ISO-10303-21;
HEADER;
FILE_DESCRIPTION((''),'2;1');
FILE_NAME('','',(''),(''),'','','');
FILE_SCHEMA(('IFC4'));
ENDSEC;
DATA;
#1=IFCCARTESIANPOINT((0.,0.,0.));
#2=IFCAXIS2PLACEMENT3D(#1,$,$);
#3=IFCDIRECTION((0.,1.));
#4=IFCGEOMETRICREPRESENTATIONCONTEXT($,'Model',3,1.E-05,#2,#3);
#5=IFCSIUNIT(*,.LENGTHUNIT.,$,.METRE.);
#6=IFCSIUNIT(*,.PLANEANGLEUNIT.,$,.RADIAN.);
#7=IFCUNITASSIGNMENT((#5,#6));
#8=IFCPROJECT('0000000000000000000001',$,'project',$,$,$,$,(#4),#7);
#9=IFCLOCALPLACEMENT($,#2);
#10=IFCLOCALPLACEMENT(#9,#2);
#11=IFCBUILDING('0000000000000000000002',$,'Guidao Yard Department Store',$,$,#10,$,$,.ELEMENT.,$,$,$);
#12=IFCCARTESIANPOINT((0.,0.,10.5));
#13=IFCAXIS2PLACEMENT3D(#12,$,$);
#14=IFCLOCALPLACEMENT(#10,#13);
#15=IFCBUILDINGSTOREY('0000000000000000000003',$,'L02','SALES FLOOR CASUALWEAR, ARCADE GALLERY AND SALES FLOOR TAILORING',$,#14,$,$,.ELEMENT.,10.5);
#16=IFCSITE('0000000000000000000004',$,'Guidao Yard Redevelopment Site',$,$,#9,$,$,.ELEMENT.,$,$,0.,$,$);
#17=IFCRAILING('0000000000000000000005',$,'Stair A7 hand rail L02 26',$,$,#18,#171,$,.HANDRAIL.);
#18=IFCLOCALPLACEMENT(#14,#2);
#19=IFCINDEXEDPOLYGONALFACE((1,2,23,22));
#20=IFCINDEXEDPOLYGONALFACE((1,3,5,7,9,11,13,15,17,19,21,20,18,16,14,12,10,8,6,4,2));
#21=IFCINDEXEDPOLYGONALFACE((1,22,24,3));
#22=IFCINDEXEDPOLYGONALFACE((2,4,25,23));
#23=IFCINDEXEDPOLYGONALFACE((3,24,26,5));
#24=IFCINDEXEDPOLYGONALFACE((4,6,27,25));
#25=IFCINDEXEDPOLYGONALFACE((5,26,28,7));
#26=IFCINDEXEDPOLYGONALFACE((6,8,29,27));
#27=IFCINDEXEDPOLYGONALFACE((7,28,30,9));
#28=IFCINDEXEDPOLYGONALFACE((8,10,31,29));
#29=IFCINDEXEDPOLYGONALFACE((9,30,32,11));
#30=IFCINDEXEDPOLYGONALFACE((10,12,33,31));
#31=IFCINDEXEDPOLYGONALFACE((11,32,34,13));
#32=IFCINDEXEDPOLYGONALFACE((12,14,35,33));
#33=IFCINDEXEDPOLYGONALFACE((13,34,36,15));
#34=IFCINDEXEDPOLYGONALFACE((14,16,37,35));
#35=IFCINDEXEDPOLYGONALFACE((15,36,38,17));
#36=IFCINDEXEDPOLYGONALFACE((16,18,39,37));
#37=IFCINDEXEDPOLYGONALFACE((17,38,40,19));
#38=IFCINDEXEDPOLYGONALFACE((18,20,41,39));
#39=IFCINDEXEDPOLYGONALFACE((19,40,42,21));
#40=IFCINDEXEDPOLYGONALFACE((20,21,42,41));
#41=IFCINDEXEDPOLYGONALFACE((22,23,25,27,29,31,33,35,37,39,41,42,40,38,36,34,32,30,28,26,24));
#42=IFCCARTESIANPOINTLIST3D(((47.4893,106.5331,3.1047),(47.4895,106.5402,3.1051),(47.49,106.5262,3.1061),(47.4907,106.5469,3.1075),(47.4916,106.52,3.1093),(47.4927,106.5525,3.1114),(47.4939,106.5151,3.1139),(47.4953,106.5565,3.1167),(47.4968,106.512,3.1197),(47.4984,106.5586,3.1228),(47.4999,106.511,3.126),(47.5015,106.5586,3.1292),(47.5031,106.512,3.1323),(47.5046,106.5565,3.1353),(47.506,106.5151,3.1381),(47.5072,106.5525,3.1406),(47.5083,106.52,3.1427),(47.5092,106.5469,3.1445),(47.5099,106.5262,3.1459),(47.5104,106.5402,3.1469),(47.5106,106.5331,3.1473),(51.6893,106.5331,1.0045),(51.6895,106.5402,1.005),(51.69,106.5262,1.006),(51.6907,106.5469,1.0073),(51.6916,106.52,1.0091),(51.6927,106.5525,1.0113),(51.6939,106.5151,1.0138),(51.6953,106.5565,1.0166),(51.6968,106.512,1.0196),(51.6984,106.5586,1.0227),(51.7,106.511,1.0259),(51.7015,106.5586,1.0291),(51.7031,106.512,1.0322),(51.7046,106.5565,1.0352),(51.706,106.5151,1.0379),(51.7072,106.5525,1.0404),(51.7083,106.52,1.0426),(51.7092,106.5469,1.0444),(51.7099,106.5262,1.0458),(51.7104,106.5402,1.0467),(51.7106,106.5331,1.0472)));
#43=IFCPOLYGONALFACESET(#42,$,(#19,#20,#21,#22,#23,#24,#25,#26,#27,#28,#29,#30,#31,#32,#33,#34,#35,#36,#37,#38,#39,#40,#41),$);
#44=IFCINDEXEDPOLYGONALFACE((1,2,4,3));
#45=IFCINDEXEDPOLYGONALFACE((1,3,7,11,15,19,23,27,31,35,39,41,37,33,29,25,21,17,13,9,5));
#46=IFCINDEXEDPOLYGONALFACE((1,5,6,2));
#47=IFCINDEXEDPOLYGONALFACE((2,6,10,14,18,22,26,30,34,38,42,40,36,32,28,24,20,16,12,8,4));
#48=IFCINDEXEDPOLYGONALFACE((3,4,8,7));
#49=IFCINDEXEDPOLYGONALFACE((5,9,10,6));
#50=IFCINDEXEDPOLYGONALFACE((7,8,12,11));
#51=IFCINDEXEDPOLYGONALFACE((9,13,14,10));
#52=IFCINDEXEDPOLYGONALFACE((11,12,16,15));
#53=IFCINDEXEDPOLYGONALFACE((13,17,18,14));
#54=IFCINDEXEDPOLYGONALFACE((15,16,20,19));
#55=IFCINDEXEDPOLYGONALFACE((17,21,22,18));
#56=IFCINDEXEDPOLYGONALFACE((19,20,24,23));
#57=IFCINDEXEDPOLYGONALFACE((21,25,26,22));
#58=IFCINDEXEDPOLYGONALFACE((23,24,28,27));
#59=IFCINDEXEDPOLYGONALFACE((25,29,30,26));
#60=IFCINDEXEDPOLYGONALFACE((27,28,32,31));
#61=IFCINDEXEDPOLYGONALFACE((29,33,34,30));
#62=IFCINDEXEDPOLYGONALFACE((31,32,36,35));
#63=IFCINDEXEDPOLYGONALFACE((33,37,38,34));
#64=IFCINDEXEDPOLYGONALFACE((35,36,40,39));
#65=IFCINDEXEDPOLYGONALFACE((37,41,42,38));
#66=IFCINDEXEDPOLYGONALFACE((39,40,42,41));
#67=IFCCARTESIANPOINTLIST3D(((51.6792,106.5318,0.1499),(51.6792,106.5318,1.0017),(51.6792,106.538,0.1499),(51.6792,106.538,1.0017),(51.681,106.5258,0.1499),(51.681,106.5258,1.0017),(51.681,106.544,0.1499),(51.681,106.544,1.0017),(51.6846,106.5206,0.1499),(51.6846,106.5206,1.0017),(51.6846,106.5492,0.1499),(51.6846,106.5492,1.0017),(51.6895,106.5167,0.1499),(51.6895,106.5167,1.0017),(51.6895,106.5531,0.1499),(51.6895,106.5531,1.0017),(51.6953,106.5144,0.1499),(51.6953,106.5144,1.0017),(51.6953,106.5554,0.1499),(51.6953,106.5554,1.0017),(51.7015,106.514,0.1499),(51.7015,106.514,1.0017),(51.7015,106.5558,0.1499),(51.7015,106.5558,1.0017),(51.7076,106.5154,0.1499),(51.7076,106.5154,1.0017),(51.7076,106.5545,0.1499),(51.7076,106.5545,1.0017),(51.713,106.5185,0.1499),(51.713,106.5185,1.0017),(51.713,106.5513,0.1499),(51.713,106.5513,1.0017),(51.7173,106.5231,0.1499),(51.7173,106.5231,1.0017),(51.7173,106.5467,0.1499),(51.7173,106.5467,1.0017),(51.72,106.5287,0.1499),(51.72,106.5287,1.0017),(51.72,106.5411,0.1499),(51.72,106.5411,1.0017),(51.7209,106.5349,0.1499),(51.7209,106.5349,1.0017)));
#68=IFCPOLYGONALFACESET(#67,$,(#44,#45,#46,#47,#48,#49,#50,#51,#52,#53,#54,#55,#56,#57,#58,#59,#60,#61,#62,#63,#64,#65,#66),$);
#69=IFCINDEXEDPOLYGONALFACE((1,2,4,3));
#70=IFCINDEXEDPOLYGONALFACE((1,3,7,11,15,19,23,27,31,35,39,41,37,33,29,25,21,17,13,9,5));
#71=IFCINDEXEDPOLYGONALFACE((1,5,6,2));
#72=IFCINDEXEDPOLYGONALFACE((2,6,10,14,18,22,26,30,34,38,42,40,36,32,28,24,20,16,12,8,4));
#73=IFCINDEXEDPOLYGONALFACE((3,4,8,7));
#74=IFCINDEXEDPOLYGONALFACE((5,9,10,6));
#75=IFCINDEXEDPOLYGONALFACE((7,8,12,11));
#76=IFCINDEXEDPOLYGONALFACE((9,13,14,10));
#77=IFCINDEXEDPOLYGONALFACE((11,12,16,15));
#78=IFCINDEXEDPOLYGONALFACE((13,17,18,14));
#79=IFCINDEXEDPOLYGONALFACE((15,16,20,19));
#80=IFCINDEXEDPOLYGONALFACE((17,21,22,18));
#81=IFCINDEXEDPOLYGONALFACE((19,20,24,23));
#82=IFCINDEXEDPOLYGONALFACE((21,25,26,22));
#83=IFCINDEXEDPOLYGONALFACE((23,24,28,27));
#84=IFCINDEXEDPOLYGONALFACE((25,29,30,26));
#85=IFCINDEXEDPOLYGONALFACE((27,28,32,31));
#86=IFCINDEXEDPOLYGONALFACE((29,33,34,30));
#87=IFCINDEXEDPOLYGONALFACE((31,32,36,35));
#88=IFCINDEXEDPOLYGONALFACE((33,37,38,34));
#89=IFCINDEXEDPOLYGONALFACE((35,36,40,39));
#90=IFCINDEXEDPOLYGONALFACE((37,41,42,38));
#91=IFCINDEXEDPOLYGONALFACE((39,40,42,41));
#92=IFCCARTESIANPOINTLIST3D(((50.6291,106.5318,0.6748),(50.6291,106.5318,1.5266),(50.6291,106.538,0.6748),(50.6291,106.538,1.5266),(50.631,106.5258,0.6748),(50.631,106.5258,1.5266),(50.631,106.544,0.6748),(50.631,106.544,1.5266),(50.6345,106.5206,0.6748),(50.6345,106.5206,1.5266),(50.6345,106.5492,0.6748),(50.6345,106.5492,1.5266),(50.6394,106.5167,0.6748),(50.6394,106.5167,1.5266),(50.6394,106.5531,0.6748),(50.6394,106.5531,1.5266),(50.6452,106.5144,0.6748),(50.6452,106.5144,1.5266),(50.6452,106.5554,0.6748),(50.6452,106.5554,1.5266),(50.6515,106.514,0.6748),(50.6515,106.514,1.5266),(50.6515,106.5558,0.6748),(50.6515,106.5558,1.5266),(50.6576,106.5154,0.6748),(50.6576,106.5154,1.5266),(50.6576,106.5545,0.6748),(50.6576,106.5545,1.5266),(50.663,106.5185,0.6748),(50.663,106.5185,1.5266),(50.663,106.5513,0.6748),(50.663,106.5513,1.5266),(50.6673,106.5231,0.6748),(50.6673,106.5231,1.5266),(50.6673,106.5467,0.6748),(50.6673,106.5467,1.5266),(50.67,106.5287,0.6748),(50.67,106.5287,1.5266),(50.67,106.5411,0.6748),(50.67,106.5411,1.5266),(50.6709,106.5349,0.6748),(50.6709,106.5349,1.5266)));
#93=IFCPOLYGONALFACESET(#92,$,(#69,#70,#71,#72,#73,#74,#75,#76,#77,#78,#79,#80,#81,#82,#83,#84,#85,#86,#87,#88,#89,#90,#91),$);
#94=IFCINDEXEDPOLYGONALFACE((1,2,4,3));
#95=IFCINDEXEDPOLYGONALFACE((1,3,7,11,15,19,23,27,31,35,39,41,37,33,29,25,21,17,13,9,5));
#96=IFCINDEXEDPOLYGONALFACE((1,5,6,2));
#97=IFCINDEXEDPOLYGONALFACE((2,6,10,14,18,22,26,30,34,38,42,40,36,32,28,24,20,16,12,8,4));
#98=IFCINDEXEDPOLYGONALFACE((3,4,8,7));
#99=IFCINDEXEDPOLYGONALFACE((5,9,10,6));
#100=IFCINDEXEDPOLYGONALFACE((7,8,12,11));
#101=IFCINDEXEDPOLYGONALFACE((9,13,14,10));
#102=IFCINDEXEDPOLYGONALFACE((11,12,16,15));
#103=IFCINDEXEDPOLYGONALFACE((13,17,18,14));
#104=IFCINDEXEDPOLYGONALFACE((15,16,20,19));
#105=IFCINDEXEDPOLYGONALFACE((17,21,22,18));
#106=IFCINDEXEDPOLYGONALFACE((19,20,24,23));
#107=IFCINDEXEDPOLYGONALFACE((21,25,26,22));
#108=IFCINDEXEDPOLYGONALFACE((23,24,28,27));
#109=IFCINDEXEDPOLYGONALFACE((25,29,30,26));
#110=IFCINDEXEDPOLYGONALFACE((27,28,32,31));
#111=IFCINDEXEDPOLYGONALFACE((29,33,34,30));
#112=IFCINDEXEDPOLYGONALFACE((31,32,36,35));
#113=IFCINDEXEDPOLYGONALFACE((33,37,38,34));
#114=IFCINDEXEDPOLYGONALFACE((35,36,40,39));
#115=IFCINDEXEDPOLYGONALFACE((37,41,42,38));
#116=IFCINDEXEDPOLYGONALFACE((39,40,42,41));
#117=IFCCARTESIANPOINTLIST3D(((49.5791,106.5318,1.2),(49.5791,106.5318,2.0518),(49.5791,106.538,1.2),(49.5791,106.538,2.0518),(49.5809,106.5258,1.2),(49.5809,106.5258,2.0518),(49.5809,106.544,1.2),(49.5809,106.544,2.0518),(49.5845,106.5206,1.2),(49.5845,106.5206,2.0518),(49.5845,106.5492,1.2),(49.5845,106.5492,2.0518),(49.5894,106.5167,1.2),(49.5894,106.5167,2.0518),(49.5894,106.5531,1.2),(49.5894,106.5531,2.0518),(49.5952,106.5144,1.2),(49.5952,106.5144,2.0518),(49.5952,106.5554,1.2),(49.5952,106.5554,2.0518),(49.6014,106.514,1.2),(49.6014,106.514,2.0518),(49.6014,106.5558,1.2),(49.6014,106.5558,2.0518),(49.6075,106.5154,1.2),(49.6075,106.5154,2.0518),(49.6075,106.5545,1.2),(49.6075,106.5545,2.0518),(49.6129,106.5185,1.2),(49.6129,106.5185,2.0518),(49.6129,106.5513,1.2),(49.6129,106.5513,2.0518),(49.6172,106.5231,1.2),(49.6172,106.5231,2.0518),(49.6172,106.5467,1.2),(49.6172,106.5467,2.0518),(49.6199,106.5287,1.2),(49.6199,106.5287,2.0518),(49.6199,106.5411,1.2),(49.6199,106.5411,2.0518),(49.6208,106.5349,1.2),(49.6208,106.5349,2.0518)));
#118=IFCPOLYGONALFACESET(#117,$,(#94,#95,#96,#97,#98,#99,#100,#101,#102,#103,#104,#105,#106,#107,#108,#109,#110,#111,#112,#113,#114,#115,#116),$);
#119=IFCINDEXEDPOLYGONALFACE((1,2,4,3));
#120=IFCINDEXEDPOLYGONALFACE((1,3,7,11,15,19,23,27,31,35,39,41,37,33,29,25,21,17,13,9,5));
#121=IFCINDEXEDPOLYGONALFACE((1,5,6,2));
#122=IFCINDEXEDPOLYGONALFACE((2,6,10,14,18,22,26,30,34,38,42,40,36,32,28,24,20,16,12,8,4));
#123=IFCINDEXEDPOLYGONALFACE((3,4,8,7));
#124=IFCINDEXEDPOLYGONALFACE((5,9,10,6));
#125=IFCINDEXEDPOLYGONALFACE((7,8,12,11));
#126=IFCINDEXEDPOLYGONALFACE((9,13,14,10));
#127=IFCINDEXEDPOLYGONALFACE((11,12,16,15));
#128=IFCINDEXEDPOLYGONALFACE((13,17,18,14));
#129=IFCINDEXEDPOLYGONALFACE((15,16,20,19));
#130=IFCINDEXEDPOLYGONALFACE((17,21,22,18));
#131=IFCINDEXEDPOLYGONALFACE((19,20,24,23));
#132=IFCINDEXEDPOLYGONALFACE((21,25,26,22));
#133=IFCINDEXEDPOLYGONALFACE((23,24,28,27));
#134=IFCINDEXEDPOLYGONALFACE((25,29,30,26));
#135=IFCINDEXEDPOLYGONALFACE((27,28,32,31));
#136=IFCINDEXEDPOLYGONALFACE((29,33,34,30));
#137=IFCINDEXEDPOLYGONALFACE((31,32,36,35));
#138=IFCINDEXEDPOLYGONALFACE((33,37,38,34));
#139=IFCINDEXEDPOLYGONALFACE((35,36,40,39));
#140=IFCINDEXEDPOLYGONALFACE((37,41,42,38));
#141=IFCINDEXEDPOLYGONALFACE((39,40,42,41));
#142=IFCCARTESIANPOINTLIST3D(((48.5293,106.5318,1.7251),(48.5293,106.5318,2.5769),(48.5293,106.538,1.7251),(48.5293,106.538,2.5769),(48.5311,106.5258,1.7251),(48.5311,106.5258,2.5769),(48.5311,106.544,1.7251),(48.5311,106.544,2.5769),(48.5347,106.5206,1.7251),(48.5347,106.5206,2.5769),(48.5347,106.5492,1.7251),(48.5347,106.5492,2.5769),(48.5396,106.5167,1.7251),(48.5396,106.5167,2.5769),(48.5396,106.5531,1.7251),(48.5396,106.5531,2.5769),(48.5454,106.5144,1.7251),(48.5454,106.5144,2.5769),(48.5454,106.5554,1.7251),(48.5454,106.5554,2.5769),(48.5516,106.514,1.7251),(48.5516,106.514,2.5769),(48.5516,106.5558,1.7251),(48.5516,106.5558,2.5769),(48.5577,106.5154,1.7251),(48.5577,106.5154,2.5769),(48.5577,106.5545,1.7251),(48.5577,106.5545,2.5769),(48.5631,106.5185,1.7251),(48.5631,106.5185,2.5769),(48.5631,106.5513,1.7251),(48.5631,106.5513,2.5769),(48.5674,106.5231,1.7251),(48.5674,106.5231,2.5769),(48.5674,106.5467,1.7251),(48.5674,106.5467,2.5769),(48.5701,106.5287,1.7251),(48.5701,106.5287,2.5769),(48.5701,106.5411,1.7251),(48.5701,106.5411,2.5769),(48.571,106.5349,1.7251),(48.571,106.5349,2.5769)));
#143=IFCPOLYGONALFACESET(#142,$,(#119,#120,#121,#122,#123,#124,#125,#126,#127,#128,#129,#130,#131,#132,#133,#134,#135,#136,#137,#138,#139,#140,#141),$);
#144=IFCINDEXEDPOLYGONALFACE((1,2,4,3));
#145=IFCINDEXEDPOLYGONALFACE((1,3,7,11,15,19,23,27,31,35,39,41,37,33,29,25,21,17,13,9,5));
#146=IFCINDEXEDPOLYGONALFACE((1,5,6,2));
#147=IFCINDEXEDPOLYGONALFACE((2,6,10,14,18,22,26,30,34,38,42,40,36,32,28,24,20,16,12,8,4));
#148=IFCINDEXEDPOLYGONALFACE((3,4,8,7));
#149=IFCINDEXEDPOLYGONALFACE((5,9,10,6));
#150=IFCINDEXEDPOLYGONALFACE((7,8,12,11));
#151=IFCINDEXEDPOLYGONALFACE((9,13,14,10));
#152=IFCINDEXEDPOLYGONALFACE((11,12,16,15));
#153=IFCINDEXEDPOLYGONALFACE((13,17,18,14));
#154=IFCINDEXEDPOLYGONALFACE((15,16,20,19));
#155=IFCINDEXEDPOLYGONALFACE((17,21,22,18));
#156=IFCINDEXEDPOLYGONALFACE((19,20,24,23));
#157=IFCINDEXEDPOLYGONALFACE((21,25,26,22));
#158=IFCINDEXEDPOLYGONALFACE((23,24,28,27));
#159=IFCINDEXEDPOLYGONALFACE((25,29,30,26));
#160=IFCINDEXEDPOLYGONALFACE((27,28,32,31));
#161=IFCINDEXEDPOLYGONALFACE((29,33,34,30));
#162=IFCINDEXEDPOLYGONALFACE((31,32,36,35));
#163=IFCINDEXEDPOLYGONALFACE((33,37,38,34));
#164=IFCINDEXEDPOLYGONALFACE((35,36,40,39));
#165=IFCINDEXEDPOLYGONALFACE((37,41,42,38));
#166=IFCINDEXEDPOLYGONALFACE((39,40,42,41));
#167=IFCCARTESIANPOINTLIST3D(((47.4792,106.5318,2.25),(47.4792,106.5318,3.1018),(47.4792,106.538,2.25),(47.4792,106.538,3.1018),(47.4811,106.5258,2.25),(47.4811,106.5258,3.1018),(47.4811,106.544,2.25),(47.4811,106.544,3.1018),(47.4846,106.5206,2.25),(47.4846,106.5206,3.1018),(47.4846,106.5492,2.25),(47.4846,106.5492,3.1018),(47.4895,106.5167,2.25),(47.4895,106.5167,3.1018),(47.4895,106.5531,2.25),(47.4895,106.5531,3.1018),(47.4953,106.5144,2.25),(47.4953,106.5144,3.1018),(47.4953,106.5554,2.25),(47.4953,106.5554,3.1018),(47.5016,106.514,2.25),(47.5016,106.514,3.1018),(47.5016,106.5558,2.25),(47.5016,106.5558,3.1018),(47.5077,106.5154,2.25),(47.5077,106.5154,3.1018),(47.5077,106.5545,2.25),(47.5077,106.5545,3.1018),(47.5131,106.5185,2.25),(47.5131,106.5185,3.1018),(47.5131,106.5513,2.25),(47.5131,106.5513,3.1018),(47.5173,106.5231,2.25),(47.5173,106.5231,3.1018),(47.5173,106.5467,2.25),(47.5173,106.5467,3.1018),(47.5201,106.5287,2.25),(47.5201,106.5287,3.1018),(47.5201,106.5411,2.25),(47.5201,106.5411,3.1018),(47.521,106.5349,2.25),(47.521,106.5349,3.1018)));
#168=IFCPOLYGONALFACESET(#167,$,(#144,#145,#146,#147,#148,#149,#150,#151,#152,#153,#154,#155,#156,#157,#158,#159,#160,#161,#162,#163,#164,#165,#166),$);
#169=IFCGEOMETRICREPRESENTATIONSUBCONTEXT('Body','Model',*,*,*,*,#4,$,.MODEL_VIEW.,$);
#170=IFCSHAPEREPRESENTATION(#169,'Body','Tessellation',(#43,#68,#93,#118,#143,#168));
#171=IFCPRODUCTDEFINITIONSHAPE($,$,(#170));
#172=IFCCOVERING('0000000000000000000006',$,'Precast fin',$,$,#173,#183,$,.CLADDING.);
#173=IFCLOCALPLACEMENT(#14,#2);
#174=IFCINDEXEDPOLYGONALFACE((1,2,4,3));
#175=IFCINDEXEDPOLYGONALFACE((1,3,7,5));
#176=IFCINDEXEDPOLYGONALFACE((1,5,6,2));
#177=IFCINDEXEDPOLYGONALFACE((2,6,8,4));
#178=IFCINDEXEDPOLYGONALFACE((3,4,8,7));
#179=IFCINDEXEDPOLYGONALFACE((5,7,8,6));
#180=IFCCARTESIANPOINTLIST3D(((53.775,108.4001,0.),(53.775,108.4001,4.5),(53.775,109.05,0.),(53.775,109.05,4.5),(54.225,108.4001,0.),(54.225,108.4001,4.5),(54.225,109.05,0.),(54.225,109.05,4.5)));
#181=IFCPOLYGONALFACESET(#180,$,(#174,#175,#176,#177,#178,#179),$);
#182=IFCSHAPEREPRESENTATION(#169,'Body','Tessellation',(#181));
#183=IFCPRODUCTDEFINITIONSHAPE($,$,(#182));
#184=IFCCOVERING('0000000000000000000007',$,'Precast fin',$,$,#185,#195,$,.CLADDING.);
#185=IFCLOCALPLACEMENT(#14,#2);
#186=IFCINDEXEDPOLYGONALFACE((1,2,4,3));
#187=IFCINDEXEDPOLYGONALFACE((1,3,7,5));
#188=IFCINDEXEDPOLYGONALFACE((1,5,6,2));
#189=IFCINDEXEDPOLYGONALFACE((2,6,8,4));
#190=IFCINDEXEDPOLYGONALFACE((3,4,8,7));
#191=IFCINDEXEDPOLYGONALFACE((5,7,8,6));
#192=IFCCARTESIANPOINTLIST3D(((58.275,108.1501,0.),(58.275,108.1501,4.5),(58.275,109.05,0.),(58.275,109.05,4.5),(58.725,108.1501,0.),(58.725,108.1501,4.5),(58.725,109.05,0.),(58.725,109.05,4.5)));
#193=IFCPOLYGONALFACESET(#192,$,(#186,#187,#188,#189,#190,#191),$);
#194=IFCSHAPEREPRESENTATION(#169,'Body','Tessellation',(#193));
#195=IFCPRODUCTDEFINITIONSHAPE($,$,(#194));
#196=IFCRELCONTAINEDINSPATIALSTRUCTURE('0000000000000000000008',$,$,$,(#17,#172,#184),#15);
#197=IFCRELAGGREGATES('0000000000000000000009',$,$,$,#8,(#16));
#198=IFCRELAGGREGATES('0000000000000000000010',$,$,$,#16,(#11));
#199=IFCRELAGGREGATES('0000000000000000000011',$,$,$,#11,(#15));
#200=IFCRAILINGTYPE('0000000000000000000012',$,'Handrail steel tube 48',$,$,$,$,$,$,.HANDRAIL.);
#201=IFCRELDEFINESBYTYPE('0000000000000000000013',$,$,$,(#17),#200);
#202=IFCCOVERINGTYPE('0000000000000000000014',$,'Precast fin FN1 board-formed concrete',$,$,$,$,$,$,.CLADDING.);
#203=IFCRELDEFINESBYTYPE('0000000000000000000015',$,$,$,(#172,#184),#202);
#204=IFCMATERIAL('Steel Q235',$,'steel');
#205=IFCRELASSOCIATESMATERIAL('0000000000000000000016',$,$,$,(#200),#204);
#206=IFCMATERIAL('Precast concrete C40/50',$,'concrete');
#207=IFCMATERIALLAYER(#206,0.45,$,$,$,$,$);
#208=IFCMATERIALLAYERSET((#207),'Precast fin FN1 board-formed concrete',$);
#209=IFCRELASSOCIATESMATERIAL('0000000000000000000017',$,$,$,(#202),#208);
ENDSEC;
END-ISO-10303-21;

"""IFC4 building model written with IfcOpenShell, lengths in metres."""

from ifc_helpers import new_model, si_unit, direction, frame, origin, origin_2d, place, context, subcontext, project, spatial, rectangle, circle, extrude, material, layer, layer_set, type_object, element, save


model = new_model("IFC4")

# Units and contexts
model_context = context("Model", 3, precision=1e-05, world=origin(), true_north=direction((0.0, 1.0)))
body_context = subcontext(model_context, "Body", "Model", "MODEL_VIEW")
ifc_project = project(units=[si_unit("LENGTHUNIT", "METRE"), si_unit("PLANEANGLEUNIT", "RADIAN")], contexts=[model_context])

# Site, building, storey
site_placement = place(None, origin())
site = spatial("IfcSite", under=ifc_project, at=site_placement, Name="Guidao Yard Redevelopment Site", CompositionType="ELEMENT", RefElevation=0.0)
building_placement = place(site_placement, origin())
building = spatial("IfcBuilding", under=site, at=building_placement, Name="Guidao Yard Department Store", CompositionType="ELEMENT")
storey_placement = place(building_placement, frame((0.0, 0.0, 10.5)))
storey = spatial("IfcBuildingStorey", under=building, at=storey_placement, Name="L02", Description="SALES FLOOR CASUALWEAR, ARCADE GALLERY AND SALES FLOOR TAILORING", CompositionType="ELEMENT", Elevation=10.5)

# Railing
ifc_material_1 = material(Name="Steel Q235", Category="steel")
railing_type_1 = type_object("IfcRailingType", Name="Handrail steel tube 48", PredefinedType="HANDRAIL", material=ifc_material_1)
for number, where, name in (
    (1, (51.7, 106.5349, 0.1499), "Stair A7 hand rail L02 26"),
):
    element("IfcRailing", number, at=place(storey_placement, frame(where)), inside=storey, type_object=railing_type_1, Name=name, PredefinedType="HANDRAIL", context=body_context, shape_type="SweptSolid", body=[
        extrude(circle(Radius=0.0239, at=origin_2d()), frame((0.0, 0.0, 0.876), z_axis=(-0.894417, 0.0, 0.447234), x_axis=(0.0, -1.0, 0.0)), (0.0, 0.0, 1.0), 4.6958),
        extrude(circle(Radius=0.021, at=origin_2d()), origin(), (0.0, 0.0, 1.0), 0.8518),
        extrude(circle(Radius=0.021, at=origin_2d()), frame((-1.05, 0.0, 0.5249)), (0.0, 0.0, 1.0), 0.8518),
        extrude(circle(Radius=0.021, at=origin_2d()), frame((-2.1001, 0.0, 1.05)), (0.0, 0.0, 1.0), 0.8518),
        extrude(circle(Radius=0.021, at=origin_2d()), frame((-3.1499, 0.0, 1.5752)), (0.0, 0.0, 1.0), 0.8518),
        extrude(circle(Radius=0.021, at=origin_2d()), frame((-4.2, 0.0, 2.1001)), (0.0, 0.0, 1.0), 0.8518),
    ])

# Coverings
ifc_material_2 = material(Name="Precast concrete C40/50", Category="concrete")
ifc_layer_1 = layer(ifc_material_2, 0.45)
ifc_layer_set_1 = layer_set([ifc_layer_1], Name="Precast fin FN1 board-formed concrete")
covering_type = type_object("IfcCoveringType", Name="Precast fin FN1 board-formed concrete", PredefinedType="CLADDING", material=ifc_layer_set_1)
covering_1_placement = place(storey_placement, frame((54.0, 108.7251, 0.0), z_axis=(0.0, 0.0, 1.0), x_axis=(1.0, 0.0, 0.0)))
element("IfcCovering", 2, at=covering_1_placement, inside=storey, type_object=covering_type, Name="Precast fin", PredefinedType="CLADDING", context=body_context, shape_type="SweptSolid", body=[
    extrude(rectangle(XDim=0.45, YDim=0.6499, at=origin_2d()), origin(), (0.0, 0.0, 1.0), 4.5),
])
covering_2_placement = place(storey_placement, frame((58.5, 108.6001, 0.0), z_axis=(0.0, 0.0, 1.0), x_axis=(1.0, 0.0, 0.0)))
element("IfcCovering", 3, at=covering_2_placement, inside=storey, type_object=covering_type, Name="Precast fin", PredefinedType="CLADDING", context=body_context, shape_type="SweptSolid", body=[
    extrude(rectangle(XDim=0.45, YDim=0.8999, at=origin_2d()), origin(), (0.0, 0.0, 1.0), 4.5),
])

save(model, "model.ifc")
